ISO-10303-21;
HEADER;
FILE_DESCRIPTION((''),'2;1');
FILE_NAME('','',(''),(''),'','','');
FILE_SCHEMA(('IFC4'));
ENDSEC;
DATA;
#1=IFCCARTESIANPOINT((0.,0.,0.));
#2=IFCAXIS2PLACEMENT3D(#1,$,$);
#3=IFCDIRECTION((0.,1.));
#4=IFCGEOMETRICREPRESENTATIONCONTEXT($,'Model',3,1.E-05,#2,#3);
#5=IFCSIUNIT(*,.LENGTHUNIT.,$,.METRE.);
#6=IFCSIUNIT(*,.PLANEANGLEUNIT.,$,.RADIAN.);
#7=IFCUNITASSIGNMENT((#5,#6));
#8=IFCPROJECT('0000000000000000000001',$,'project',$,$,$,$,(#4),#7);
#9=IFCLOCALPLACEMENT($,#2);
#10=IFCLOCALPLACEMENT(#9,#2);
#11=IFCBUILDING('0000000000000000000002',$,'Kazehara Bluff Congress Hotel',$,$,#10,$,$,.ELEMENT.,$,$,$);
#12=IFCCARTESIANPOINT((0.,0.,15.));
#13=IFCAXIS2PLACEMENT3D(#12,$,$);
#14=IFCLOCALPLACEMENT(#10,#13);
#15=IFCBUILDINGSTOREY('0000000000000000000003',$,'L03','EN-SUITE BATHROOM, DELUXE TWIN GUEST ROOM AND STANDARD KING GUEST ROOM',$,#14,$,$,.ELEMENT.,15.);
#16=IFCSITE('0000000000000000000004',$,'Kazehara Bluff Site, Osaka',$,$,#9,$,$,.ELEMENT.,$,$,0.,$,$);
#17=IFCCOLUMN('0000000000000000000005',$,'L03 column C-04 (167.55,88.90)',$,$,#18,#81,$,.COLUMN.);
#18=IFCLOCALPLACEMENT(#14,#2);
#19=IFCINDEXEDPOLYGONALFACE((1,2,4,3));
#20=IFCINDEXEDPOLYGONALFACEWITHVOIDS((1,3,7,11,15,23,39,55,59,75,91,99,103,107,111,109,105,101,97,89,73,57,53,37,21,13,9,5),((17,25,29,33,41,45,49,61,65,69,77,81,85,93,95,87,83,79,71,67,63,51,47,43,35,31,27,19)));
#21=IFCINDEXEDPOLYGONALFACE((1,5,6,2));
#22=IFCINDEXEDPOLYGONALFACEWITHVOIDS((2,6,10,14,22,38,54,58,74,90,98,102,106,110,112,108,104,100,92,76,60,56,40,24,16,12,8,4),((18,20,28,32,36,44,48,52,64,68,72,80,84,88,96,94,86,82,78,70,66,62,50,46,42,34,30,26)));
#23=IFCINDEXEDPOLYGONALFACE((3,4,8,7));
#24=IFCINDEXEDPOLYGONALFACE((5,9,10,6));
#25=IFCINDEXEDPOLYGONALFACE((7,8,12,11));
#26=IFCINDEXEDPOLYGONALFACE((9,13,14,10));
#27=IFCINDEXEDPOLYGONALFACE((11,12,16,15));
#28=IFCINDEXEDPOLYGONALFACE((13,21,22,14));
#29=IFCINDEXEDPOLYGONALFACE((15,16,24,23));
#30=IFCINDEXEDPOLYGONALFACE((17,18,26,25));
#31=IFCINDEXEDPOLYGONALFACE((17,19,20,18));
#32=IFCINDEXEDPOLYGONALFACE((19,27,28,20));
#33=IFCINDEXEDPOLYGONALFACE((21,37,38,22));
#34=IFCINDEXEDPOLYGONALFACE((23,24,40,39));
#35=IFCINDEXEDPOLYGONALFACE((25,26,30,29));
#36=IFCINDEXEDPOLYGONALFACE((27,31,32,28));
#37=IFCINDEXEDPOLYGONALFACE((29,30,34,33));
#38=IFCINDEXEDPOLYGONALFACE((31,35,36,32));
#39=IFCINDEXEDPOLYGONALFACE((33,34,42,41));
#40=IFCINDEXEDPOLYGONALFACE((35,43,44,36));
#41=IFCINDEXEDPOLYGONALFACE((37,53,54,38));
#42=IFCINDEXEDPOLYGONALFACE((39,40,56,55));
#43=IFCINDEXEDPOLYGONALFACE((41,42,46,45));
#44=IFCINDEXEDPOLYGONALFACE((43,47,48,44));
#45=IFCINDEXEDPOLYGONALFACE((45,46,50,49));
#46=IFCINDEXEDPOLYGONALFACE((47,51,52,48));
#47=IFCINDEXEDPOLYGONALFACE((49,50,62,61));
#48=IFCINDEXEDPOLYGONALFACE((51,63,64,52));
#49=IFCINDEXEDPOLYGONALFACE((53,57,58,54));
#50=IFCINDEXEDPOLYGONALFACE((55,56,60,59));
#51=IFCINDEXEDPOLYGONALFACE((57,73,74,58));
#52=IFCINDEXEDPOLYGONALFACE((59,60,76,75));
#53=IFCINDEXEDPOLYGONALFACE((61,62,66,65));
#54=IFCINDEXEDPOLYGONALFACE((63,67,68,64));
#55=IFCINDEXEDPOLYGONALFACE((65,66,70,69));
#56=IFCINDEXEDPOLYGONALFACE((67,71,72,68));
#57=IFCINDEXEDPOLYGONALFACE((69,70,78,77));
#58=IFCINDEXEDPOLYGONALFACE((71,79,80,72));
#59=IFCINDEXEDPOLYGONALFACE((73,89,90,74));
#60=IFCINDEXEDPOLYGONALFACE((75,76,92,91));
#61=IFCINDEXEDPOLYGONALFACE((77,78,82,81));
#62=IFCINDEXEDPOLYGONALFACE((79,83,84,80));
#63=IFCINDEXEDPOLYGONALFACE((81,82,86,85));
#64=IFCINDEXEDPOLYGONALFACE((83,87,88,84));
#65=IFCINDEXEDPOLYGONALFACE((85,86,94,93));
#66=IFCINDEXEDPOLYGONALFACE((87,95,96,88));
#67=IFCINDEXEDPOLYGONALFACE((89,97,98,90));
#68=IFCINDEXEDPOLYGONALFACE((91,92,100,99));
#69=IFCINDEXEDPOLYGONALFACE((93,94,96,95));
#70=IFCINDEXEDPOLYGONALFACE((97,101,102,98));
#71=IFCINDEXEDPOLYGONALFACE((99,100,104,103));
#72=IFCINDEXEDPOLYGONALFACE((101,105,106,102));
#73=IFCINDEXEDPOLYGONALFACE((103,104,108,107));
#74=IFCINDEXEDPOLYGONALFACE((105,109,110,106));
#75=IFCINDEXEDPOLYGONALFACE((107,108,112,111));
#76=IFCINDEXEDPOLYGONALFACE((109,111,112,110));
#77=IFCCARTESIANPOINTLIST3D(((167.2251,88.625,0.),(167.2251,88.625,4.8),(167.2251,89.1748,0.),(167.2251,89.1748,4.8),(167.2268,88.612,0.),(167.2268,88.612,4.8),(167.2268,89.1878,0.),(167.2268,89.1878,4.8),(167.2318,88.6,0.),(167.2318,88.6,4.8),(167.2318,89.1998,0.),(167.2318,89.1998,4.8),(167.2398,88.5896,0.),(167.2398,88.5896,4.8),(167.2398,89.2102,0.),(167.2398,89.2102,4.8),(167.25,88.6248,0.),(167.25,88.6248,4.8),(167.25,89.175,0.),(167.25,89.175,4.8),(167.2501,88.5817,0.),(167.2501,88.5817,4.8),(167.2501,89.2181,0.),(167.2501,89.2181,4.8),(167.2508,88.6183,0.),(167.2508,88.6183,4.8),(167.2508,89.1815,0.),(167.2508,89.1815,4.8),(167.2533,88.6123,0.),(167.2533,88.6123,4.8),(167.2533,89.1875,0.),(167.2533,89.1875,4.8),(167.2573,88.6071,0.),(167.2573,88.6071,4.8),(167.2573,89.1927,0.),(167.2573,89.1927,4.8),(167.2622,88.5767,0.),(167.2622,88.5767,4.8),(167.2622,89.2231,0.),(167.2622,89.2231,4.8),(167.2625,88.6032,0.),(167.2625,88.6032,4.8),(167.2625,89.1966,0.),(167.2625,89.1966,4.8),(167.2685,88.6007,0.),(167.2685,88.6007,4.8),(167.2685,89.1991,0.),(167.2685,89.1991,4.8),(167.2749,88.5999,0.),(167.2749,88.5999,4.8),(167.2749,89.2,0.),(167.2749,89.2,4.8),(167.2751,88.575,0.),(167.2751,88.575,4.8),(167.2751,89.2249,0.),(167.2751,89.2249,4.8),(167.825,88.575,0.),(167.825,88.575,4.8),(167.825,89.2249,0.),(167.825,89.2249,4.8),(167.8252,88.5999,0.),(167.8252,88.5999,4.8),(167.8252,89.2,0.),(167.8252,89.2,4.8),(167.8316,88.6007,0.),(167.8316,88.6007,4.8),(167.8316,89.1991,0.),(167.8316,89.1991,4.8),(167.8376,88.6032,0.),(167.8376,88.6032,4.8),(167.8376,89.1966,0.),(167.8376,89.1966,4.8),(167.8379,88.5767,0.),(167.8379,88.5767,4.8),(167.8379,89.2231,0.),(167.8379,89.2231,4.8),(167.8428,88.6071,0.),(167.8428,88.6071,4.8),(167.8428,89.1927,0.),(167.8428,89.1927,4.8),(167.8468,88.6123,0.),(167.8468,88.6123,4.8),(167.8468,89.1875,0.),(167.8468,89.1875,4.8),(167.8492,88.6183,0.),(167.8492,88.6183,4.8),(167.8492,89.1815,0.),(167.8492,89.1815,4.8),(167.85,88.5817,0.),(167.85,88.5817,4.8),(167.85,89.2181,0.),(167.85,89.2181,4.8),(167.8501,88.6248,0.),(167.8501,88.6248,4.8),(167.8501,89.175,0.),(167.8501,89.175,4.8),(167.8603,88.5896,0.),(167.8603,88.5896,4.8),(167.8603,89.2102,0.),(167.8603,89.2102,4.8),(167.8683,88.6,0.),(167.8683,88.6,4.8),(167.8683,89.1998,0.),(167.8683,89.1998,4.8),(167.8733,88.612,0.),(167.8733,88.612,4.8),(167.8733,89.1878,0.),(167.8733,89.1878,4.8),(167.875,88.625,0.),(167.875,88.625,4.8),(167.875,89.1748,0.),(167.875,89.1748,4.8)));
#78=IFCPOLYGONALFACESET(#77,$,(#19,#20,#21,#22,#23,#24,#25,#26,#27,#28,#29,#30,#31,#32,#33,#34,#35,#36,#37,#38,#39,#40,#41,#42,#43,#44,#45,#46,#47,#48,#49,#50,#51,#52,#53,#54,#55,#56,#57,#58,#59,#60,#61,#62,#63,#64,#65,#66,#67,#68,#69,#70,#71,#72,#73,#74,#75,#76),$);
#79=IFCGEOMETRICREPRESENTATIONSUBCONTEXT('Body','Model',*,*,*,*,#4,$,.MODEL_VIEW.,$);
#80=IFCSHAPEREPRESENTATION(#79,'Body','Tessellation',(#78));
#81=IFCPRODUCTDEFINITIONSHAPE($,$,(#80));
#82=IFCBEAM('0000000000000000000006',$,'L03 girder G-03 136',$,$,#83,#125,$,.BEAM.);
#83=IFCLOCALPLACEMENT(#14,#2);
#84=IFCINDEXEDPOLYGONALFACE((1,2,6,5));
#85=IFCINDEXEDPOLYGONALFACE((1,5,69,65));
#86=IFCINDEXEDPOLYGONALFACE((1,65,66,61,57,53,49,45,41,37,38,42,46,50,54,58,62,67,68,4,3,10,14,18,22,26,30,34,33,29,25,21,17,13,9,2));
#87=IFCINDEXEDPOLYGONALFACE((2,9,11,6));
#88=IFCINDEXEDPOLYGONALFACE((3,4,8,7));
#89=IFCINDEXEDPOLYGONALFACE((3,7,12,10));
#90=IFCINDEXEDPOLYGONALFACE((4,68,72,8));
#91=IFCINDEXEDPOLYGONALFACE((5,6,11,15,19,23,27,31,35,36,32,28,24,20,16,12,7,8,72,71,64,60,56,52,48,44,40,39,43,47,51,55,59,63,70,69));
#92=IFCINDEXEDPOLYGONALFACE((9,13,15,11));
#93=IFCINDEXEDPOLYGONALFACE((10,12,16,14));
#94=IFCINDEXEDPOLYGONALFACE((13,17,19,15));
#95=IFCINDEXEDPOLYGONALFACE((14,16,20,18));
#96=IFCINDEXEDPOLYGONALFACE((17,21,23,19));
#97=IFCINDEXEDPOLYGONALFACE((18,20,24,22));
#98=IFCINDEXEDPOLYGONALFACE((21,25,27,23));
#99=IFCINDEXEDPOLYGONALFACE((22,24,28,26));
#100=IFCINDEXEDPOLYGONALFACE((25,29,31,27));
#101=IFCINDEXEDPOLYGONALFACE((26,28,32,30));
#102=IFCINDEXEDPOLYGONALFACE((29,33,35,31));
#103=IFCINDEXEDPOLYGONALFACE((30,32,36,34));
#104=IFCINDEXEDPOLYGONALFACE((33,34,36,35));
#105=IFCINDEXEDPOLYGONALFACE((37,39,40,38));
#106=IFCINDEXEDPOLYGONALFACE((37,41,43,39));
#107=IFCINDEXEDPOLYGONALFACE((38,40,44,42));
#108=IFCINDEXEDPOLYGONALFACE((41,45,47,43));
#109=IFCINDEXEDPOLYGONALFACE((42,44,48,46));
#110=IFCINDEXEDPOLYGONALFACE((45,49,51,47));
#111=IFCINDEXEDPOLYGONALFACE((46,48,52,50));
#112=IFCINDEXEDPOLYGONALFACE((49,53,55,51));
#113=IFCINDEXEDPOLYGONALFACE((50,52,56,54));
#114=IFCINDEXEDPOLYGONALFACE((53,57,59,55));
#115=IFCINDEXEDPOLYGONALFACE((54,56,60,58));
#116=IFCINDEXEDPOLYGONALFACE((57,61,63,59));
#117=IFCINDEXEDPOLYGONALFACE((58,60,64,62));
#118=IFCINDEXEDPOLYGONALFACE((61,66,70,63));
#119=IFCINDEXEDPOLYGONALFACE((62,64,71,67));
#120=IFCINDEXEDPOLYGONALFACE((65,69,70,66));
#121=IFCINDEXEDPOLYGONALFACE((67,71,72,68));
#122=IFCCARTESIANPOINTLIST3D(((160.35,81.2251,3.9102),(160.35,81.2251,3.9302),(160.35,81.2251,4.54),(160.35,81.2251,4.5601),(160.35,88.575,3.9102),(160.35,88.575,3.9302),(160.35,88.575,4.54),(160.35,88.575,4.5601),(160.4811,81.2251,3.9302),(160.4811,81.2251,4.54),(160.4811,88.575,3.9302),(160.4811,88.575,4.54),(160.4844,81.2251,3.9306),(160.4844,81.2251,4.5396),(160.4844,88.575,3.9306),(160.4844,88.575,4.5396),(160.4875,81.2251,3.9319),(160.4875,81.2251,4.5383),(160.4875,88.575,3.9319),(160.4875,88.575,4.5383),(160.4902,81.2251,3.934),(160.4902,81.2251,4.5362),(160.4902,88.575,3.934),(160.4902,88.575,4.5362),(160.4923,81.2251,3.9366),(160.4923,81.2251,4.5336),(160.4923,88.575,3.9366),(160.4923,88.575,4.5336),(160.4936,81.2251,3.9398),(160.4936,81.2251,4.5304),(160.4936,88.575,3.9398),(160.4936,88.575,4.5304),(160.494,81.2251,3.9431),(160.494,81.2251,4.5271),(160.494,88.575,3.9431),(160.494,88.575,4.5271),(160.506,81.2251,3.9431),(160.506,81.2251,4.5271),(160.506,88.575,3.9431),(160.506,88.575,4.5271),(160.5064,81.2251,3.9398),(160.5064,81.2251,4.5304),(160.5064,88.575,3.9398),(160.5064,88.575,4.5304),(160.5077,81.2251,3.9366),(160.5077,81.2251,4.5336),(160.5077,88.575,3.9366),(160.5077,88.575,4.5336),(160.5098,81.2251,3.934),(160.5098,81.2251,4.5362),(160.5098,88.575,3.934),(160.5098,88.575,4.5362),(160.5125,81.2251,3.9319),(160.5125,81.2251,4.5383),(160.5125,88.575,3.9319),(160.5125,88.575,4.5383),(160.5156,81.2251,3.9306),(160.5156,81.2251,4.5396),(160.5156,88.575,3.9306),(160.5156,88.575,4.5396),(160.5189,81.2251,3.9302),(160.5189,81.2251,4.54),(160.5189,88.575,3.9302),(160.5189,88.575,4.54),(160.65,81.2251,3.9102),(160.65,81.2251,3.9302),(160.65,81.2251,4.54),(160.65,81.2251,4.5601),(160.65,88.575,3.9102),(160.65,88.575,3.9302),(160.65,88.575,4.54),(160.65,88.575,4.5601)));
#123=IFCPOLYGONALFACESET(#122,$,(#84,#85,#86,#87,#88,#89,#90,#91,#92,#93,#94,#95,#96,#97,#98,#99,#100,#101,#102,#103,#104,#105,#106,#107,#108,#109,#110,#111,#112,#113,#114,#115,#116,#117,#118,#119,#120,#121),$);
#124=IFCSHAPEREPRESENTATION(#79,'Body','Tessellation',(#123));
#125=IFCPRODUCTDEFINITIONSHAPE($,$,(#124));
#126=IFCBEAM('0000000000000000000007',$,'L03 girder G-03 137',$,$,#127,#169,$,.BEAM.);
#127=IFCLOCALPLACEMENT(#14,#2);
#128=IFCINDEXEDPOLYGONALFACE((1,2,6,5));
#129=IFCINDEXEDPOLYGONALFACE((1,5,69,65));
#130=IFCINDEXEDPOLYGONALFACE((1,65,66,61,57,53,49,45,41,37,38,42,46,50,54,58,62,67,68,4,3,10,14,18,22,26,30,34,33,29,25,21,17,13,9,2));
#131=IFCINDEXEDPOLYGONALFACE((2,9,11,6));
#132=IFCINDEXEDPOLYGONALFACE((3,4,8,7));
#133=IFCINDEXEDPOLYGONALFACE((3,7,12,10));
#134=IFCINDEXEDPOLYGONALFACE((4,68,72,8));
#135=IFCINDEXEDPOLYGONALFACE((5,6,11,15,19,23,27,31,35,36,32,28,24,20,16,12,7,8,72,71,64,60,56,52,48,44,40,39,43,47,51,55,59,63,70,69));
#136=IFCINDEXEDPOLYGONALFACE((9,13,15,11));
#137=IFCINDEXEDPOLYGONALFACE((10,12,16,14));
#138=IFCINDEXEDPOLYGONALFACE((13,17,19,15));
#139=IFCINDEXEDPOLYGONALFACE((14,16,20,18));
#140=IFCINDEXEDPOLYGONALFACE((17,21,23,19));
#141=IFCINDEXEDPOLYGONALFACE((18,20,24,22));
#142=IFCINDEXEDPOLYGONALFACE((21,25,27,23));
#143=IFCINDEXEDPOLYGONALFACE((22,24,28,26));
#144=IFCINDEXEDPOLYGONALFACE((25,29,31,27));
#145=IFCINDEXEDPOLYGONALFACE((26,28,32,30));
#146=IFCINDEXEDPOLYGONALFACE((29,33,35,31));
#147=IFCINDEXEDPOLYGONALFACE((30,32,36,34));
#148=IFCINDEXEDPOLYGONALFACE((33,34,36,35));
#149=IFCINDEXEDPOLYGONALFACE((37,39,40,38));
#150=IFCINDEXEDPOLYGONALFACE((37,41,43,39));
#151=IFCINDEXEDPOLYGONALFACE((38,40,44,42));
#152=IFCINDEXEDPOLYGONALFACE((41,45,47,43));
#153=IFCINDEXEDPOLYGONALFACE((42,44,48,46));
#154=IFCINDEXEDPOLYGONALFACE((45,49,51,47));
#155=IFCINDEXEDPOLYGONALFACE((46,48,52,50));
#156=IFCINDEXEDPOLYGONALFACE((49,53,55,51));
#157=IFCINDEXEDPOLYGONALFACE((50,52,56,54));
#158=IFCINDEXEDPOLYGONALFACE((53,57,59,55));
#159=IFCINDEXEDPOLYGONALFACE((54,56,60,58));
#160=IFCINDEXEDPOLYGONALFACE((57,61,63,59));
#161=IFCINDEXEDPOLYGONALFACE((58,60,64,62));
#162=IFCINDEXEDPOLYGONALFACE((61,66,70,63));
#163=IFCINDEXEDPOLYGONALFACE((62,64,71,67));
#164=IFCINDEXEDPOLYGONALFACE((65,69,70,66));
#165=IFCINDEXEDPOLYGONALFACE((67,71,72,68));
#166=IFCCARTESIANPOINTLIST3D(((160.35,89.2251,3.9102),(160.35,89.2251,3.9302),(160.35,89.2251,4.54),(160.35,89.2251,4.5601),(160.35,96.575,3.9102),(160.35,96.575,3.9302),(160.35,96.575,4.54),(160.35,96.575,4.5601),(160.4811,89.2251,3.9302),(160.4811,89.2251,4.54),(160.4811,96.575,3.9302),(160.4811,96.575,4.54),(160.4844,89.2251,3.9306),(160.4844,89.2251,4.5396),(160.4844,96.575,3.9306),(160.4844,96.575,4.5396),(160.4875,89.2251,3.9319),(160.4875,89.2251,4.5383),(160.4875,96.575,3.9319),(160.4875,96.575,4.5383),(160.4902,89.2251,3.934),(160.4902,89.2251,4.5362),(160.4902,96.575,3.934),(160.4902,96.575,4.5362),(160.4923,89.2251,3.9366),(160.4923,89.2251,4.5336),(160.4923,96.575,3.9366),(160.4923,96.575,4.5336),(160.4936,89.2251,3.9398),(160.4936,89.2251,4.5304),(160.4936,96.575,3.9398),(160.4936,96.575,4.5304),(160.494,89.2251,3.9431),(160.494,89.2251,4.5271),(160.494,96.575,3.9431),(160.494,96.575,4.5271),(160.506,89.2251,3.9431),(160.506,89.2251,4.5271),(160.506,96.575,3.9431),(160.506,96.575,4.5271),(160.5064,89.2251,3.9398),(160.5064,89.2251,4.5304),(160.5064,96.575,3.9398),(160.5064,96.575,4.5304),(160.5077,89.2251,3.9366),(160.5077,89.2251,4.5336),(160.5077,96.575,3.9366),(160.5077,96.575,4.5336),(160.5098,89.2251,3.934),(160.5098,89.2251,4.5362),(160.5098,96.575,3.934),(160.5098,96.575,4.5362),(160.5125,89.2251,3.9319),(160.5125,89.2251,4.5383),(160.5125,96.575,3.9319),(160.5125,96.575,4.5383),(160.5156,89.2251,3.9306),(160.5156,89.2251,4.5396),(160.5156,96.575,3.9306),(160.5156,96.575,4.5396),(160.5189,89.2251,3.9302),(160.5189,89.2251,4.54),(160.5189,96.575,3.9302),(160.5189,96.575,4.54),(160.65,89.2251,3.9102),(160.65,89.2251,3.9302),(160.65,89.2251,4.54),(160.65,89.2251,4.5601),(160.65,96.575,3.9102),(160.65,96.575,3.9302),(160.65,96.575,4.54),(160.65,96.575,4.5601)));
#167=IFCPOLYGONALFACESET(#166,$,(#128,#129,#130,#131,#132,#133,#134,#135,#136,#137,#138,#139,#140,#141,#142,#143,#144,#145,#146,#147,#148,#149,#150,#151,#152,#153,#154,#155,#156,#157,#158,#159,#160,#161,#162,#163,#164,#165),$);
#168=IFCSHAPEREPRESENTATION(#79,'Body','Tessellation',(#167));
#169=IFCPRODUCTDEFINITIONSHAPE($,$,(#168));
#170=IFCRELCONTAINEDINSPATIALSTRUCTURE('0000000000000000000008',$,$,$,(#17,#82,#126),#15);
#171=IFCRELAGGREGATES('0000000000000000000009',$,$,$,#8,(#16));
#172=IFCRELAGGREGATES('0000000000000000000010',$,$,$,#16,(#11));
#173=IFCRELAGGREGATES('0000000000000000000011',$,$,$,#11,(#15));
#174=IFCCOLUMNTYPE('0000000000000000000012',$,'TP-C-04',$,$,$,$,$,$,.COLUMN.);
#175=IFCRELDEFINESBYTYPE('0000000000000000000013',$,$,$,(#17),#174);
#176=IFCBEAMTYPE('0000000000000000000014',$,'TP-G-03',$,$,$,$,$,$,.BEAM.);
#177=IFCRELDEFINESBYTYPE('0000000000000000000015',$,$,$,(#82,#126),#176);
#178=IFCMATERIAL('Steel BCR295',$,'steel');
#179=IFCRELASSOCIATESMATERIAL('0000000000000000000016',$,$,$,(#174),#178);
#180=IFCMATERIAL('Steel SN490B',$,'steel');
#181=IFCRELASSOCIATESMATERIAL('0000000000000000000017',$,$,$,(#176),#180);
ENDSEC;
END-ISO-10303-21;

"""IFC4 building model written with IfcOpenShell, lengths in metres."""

from ifc_helpers import new_model, si_unit, direction, frame, origin, origin_2d, place, context, subcontext, project, spatial, hollow_rectangle, i_section, extrude, material, material_profile, profile_set, type_object, element, save


model = new_model("IFC4")

# Units and contexts
model_context = context("Model", 3, precision=1e-05, world=origin(), true_north=direction((0.0, 1.0)))
body_context = subcontext(model_context, "Body", "Model", "MODEL_VIEW")
ifc_project = project(units=[si_unit("LENGTHUNIT", "METRE"), si_unit("PLANEANGLEUNIT", "RADIAN")], contexts=[model_context])

# Site, building, storey
site_placement = place(None, origin())
site = spatial("IfcSite", under=ifc_project, at=site_placement, Name="Kazehara Bluff Site, Osaka", CompositionType="ELEMENT", RefElevation=0.0)
building_placement = place(site_placement, origin())
building = spatial("IfcBuilding", under=site, at=building_placement, Name="Kazehara Bluff Congress Hotel", CompositionType="ELEMENT")
storey_placement = place(building_placement, frame((0.0, 0.0, 15.0)))
storey = spatial("IfcBuildingStorey", under=building, at=storey_placement, Name="L03", Description="EN-SUITE BATHROOM, DELUXE TWIN GUEST ROOM AND STANDARD KING GUEST ROOM", CompositionType="ELEMENT", Elevation=15.0)

# Column
ifc_material_1 = material(Name="Steel BCR295", Category="steel")
ifc_material_profile_1 = material_profile(ifc_material_1, hollow_rectangle(XDim=0.6499, YDim=0.6499, WallThickness=0.0249, InnerFilletRadius=0.0249, OuterFilletRadius=0.05, at=origin_2d()))
ifc_profile_set_1 = profile_set([ifc_material_profile_1], Name="Steel BCR295")
column_type = type_object("IfcColumnType", Name="TP-C-04", PredefinedType="COLUMN", material=ifc_profile_set_1)
for number, where, z_axis, x_axis, name in (
    (1, (167.55, 88.8999, 0.0), (0.0, 0.0, 1.0), (1.0, 0.0, 0.0), "L03 column C-04 (167.55,88.90)"),
):
    element("IfcColumn", number, at=place(storey_placement, frame(where, z_axis=z_axis, x_axis=x_axis)), inside=storey, type_object=column_type, Name=name, PredefinedType="COLUMN", context=body_context, shape_type="SweptSolid", body=[
        extrude(hollow_rectangle(XDim=0.6499, YDim=0.6499, WallThickness=0.0249, InnerFilletRadius=0.0249, OuterFilletRadius=0.05, at=origin_2d()), origin(), (0.0, 0.0, 1.0), 4.8),
    ])

# Beams
ifc_material_2 = material(Name="Steel SN490B", Category="steel")
ifc_material_profile_2 = material_profile(ifc_material_2, i_section(OverallWidth=0.3, OverallDepth=0.6499, WebThickness=0.012, FlangeThickness=0.02, FilletRadius=0.0129, at=origin_2d()))
ifc_profile_set_2 = profile_set([ifc_material_profile_2], Name="Steel SN490B")
beam_type_1 = type_object("IfcBeamType", Name="TP-G-03", PredefinedType="BEAM", material=ifc_profile_set_2)
for number, where, z_axis, x_axis, name in (
    (2, (160.5, 81.2251, 4.2351), (0.0, 1.0, 0.0), (-1.0, 0.0, 0.0), "L03 girder G-03 136"),
    (3, (160.5, 89.2251, 4.2351), (0.0, 1.0, 0.0), (-1.0, 0.0, 0.0), "L03 girder G-03 137"),
):
    element("IfcBeam", number, at=place(storey_placement, frame(where, z_axis=z_axis, x_axis=x_axis)), inside=storey, type_object=beam_type_1, Name=name, PredefinedType="BEAM", context=body_context, shape_type="SweptSolid", body=[
        extrude(i_section(OverallWidth=0.3, OverallDepth=0.6499, WebThickness=0.012, FlangeThickness=0.02, FilletRadius=0.0129, at=origin_2d()), origin(), (0.0, 0.0, 1.0), 7.3499),
    ])

save(model, "model.ifc")
